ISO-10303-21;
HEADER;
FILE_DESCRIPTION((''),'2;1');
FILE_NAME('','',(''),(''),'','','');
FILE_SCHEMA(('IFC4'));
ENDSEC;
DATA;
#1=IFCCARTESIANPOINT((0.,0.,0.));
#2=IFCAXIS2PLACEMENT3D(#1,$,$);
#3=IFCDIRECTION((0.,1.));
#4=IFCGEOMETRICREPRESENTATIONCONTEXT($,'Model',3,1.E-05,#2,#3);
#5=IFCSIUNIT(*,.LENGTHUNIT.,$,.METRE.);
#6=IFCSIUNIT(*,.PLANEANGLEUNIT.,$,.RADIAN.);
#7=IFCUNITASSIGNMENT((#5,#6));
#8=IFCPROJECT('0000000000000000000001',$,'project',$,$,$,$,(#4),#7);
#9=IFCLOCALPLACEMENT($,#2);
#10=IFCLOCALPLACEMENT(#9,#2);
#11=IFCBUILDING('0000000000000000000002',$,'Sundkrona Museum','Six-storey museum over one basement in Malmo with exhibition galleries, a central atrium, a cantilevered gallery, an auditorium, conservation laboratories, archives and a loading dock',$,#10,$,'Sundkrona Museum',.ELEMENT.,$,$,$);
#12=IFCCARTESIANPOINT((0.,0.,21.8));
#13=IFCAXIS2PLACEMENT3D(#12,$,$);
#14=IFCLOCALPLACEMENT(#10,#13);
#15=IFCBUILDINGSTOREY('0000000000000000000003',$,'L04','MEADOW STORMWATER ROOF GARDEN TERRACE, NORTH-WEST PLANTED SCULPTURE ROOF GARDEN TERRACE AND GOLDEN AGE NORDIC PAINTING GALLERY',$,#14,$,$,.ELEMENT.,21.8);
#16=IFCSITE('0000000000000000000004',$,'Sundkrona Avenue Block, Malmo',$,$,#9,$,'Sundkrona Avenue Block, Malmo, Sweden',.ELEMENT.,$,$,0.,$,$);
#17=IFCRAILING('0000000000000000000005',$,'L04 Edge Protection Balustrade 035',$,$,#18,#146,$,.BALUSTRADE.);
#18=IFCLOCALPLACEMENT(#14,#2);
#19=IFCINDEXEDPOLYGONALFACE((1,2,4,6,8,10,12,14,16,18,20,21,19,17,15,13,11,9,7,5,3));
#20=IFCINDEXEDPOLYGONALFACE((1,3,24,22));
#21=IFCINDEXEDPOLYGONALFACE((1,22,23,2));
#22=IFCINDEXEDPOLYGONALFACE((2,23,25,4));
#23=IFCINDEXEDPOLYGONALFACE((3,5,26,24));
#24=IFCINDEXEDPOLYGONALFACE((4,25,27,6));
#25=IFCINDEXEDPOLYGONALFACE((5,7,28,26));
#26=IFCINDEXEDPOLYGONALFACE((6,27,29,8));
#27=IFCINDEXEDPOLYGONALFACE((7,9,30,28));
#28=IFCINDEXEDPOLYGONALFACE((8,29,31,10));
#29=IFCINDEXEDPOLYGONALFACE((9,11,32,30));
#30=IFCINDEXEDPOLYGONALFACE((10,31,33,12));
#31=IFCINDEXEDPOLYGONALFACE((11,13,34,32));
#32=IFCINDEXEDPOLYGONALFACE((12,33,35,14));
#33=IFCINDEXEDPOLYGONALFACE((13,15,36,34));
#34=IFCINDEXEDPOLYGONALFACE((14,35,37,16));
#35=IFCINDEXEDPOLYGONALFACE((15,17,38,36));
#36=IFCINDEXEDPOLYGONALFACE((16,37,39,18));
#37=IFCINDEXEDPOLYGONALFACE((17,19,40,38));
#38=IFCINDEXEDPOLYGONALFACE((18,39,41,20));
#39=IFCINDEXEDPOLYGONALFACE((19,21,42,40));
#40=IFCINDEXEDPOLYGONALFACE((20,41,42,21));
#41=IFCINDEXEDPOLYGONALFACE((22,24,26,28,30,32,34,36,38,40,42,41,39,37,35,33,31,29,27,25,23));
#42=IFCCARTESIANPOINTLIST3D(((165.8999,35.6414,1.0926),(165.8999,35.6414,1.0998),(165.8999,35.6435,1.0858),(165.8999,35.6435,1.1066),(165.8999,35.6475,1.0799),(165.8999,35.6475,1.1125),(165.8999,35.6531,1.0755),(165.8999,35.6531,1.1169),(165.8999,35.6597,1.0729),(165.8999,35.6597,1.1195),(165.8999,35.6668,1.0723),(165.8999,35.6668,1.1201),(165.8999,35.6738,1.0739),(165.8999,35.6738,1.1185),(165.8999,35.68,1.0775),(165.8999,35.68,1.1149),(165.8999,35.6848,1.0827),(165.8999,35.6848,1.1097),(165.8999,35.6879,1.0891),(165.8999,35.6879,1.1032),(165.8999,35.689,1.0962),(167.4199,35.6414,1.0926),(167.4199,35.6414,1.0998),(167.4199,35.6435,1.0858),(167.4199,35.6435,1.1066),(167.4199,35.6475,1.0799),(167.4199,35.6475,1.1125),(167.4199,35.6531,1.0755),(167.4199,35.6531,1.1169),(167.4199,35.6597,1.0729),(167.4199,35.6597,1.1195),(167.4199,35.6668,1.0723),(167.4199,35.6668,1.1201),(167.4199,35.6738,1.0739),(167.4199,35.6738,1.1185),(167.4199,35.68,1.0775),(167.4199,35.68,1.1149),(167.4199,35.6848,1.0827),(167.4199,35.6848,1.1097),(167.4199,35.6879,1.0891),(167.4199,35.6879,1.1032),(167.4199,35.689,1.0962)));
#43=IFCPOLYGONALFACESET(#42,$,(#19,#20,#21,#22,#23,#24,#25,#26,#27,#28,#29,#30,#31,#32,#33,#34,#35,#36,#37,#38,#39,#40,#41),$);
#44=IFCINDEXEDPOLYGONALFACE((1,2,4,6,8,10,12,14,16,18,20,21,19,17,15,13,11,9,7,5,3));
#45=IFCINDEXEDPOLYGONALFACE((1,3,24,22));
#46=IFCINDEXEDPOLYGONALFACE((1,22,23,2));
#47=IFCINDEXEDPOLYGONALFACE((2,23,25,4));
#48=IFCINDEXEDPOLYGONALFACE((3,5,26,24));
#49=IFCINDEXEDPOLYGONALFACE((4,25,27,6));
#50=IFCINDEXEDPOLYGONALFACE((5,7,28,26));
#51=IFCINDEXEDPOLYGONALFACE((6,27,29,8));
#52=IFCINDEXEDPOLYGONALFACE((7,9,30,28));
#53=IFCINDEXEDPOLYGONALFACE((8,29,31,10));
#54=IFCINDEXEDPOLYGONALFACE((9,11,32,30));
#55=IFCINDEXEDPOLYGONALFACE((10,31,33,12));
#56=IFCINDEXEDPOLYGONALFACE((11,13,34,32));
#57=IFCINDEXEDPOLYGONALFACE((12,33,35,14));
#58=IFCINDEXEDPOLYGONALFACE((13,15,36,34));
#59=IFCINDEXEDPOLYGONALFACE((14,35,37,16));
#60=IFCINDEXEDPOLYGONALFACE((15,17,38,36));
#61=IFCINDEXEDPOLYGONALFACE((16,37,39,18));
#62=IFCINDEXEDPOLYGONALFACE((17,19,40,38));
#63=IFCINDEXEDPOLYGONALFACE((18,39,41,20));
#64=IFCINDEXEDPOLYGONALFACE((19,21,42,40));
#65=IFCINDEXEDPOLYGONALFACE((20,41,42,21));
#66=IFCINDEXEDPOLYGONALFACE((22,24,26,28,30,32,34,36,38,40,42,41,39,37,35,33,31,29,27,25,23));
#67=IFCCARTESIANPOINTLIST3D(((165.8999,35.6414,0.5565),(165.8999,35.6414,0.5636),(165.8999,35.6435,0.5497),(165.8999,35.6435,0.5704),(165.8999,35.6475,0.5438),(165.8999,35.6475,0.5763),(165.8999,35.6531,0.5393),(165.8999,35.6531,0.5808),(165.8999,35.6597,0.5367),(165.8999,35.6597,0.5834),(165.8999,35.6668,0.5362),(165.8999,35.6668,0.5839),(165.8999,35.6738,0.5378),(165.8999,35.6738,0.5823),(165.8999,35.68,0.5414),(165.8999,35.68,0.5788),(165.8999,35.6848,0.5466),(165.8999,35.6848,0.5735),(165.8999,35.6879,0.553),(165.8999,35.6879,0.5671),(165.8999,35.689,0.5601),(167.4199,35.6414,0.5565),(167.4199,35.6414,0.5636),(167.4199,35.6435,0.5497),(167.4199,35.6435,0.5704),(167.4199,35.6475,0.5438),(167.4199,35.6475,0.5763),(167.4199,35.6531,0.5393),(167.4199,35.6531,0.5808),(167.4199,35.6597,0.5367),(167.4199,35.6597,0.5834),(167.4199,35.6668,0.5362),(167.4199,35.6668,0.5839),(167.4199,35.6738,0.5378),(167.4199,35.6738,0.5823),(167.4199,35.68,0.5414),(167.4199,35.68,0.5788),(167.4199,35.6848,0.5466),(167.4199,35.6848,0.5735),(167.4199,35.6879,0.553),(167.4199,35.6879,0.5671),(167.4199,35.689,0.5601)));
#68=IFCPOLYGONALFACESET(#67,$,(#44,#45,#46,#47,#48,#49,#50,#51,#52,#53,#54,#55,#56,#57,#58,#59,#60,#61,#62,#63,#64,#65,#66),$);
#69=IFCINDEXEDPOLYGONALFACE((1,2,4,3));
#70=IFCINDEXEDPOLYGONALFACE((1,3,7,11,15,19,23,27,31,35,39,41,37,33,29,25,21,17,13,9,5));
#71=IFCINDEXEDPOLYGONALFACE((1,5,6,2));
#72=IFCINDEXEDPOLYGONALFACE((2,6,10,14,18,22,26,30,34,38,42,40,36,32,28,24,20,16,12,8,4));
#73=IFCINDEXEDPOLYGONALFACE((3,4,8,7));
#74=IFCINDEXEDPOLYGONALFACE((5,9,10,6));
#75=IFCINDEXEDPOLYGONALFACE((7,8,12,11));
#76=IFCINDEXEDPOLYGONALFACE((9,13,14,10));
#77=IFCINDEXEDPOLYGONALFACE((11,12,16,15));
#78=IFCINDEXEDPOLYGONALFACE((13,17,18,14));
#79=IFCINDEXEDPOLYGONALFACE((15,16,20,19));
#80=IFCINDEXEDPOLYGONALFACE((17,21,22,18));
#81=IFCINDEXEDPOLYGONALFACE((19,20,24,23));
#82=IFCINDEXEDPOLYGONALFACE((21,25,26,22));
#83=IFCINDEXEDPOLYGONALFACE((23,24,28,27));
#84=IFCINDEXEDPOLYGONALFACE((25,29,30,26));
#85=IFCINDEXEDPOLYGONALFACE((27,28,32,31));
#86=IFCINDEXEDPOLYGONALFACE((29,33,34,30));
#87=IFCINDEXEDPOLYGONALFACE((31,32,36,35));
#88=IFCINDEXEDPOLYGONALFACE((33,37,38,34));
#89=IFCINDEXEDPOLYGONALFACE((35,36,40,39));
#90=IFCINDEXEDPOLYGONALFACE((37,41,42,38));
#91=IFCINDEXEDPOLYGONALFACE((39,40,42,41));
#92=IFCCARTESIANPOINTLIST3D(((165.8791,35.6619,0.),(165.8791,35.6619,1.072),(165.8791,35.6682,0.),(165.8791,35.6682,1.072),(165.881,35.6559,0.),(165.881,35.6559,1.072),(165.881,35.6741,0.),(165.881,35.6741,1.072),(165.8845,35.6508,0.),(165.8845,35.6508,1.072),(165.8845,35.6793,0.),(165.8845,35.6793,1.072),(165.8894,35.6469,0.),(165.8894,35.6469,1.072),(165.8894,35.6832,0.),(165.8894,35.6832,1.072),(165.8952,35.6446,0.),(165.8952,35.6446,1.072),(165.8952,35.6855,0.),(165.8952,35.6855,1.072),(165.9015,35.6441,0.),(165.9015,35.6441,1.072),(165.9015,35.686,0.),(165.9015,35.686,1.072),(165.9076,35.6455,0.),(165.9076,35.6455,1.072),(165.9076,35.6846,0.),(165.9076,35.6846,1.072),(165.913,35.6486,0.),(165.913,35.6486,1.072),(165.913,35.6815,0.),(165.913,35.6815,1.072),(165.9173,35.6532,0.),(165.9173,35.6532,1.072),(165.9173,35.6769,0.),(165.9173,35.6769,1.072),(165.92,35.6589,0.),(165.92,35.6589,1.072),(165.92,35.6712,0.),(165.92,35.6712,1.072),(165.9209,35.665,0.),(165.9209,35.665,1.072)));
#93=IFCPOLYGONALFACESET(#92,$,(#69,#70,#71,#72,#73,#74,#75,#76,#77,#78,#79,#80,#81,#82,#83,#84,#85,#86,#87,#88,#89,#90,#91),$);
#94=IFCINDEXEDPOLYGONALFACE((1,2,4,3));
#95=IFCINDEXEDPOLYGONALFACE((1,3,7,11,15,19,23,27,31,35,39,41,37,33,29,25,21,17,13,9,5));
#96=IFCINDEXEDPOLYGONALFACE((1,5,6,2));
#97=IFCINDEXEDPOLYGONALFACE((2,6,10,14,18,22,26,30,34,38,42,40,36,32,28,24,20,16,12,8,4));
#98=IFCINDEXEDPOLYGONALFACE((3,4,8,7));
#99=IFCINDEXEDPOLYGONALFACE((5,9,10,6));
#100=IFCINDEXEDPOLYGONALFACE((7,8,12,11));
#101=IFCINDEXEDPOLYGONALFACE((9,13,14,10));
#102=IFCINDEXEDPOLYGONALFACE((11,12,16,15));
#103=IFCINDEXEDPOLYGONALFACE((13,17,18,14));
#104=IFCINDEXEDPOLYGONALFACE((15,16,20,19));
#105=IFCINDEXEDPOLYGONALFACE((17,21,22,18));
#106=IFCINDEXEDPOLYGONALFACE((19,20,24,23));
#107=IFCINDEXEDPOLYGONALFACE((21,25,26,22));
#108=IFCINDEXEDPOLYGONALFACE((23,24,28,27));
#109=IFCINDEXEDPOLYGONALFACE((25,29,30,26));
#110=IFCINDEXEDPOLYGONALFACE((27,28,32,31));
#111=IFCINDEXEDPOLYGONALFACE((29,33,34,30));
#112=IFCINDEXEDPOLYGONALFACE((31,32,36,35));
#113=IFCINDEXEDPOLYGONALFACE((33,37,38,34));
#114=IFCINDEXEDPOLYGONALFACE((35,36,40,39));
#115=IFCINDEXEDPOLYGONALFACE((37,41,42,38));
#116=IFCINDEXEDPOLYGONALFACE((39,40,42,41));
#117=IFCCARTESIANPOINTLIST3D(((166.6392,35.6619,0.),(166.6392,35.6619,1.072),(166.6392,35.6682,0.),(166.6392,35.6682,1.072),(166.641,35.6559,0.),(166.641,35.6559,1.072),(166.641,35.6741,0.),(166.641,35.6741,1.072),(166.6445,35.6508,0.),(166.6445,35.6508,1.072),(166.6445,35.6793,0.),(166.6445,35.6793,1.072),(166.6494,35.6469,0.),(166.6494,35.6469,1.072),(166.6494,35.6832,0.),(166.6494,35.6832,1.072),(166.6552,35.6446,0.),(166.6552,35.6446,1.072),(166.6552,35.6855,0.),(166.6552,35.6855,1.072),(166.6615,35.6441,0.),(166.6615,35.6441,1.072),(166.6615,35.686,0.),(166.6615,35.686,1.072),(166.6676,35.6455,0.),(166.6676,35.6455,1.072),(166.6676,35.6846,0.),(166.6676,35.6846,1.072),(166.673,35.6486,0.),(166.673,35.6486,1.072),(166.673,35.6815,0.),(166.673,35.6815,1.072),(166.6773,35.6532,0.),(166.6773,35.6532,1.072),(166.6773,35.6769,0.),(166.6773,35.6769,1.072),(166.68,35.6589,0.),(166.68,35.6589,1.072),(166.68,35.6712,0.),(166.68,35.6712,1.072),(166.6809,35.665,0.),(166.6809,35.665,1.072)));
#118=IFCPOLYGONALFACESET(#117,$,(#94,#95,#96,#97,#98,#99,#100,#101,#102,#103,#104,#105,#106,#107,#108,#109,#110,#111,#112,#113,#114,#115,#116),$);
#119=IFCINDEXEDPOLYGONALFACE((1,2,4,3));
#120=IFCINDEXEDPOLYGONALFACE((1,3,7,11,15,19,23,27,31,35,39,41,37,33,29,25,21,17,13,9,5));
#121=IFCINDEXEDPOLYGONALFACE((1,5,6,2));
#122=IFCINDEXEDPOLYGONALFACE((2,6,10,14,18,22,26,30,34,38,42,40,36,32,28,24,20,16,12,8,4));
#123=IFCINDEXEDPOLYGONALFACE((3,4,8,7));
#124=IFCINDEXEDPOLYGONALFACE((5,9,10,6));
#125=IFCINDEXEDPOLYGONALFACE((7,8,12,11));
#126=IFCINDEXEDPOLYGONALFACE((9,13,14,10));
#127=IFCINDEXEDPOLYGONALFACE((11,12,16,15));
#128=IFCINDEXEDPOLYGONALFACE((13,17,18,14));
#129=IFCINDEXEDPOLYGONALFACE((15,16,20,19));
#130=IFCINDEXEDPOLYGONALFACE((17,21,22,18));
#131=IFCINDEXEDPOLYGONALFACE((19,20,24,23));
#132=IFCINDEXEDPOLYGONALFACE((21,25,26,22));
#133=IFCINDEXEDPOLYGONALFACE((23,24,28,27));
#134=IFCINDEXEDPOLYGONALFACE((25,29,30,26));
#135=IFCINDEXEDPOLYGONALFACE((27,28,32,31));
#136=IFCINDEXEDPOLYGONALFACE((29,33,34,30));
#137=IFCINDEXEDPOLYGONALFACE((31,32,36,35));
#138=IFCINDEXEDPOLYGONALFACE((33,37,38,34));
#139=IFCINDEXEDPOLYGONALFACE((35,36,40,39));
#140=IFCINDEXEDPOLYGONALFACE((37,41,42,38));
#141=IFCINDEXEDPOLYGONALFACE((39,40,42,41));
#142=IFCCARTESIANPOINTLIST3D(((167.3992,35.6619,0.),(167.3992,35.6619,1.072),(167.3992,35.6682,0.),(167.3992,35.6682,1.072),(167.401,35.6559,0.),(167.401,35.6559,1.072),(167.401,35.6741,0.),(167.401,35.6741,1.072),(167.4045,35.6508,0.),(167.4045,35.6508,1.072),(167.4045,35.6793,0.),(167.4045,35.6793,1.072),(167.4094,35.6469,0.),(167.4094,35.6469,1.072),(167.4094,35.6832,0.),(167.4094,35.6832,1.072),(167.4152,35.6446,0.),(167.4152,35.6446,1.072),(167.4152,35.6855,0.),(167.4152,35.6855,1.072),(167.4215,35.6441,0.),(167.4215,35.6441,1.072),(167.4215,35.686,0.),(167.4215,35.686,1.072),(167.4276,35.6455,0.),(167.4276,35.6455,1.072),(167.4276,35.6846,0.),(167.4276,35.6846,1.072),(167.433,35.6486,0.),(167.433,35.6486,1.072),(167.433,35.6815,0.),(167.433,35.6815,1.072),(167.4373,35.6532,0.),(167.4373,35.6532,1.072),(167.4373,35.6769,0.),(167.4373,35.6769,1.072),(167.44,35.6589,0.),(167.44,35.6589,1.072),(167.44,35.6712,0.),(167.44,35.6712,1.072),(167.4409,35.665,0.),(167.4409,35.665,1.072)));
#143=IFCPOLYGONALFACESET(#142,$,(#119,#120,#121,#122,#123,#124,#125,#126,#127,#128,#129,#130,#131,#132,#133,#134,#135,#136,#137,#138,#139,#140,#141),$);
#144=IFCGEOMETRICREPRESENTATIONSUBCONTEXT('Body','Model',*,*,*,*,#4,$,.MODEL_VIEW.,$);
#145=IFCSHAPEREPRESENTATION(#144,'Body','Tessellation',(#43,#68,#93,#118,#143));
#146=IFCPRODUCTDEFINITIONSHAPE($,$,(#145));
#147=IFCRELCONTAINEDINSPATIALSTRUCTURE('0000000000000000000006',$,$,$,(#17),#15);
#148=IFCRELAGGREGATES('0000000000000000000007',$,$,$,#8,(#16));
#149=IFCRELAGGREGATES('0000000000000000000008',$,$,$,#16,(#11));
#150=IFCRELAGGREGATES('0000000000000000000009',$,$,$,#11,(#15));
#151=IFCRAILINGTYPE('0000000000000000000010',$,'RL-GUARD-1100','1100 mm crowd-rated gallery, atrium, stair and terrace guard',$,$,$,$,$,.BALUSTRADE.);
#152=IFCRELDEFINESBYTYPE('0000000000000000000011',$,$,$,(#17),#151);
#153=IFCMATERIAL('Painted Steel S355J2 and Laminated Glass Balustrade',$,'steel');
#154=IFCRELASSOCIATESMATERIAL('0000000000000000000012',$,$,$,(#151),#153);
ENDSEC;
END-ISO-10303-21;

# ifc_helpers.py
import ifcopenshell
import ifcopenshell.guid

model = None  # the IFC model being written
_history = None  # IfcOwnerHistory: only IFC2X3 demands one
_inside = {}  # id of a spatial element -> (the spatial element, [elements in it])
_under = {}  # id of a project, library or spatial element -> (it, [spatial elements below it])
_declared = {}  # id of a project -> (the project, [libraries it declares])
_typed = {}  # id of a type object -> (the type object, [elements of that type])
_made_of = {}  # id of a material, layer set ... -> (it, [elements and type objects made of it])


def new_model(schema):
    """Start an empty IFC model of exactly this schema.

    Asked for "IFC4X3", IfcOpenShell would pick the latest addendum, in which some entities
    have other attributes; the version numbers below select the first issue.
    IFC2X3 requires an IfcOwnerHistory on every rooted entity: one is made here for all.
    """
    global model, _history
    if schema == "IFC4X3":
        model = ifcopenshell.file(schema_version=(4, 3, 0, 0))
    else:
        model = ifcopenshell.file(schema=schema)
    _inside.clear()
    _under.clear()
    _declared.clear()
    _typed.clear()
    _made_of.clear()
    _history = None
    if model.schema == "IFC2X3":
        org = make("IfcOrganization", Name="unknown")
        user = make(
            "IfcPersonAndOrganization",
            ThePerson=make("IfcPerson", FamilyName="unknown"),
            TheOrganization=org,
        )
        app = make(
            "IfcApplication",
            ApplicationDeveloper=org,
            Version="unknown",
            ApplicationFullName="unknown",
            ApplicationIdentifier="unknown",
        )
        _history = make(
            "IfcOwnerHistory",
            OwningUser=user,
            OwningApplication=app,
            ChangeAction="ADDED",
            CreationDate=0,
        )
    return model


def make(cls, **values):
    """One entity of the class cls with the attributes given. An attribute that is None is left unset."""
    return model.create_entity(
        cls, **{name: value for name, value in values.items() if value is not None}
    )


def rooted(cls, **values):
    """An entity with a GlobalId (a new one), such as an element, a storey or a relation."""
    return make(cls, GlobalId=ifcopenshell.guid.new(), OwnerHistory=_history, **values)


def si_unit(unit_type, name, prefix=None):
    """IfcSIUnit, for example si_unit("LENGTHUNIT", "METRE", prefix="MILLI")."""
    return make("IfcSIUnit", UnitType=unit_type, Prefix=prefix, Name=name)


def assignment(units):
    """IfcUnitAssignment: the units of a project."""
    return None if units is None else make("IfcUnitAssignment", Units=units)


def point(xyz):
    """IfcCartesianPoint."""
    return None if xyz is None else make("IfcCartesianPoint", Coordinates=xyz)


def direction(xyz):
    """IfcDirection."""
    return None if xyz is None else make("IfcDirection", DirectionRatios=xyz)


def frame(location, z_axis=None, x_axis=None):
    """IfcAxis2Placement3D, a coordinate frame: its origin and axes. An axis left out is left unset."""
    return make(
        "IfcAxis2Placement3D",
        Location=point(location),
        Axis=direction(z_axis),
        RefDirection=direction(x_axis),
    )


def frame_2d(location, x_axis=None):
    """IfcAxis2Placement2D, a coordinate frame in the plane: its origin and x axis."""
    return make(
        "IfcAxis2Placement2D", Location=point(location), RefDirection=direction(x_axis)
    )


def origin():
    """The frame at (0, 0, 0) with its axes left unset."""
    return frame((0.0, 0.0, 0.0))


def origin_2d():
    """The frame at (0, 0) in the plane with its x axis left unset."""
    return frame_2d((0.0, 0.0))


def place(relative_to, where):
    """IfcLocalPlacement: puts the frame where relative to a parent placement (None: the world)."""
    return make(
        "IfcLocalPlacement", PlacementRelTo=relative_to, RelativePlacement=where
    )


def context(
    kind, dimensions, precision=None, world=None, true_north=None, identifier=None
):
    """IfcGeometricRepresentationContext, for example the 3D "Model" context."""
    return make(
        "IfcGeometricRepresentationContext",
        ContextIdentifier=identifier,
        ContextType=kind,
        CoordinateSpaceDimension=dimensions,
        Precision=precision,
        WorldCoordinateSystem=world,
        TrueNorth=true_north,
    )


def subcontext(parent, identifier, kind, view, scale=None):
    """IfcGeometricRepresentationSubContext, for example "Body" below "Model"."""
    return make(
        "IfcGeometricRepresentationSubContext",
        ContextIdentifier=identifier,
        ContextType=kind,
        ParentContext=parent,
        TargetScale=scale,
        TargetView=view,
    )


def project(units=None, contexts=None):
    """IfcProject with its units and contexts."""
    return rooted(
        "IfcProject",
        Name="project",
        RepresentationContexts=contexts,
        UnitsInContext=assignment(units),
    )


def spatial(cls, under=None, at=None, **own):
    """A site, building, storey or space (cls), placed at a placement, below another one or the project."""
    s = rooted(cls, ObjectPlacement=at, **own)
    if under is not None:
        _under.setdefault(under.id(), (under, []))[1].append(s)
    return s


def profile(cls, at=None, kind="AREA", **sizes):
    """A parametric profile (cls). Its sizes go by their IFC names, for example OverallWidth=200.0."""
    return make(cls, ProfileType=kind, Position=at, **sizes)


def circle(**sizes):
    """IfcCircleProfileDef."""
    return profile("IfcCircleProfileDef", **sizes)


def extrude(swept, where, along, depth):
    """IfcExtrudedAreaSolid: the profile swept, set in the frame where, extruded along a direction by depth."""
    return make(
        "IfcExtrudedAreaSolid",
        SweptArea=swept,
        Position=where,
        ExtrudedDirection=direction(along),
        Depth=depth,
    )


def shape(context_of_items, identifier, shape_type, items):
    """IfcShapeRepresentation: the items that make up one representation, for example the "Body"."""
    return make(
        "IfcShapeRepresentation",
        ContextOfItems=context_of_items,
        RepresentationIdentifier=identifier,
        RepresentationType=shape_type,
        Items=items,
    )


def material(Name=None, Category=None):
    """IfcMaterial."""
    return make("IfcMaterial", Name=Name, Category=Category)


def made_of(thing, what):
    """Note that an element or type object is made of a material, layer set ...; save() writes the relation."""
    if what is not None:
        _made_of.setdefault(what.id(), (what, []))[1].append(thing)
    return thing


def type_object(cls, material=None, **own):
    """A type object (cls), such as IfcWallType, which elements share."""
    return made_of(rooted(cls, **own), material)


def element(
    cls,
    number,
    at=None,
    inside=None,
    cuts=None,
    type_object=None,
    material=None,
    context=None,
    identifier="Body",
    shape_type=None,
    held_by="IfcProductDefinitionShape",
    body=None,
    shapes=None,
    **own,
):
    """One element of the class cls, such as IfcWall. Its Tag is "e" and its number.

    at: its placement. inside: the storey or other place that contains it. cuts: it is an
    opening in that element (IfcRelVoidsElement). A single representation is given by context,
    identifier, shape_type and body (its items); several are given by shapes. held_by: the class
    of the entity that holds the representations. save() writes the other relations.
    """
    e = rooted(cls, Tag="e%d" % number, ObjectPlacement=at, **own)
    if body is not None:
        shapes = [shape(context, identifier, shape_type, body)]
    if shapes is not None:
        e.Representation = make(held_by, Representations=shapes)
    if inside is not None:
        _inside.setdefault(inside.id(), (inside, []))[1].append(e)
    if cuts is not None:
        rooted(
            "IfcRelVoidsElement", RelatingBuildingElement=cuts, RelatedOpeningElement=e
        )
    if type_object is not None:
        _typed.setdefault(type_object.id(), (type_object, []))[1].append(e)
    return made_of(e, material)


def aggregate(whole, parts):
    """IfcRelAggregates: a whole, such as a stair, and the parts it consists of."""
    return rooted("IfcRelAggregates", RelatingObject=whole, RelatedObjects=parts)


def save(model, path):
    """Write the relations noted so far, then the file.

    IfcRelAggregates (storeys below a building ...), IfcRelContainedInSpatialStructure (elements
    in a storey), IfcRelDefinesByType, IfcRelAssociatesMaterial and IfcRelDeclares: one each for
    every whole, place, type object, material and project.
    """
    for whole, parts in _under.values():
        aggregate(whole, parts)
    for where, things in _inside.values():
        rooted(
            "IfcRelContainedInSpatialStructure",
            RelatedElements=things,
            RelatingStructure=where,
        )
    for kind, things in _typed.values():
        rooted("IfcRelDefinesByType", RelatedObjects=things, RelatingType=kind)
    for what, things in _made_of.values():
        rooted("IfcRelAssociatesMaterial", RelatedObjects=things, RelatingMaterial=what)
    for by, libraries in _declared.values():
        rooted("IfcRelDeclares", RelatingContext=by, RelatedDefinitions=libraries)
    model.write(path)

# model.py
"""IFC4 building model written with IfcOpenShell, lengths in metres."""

from ifc_helpers import new_model, si_unit, direction, frame, origin, origin_2d, place, context, subcontext, project, spatial, circle, extrude, material, type_object, element, save


model = new_model("IFC4")

# Units and contexts
model_context = context("Model", 3, precision=1e-05, world=origin(), true_north=direction((0.0, 1.0)))
body_context = subcontext(model_context, "Body", "Model", "MODEL_VIEW")
ifc_project = project(units=[si_unit("LENGTHUNIT", "METRE"), si_unit("PLANEANGLEUNIT", "RADIAN")], contexts=[model_context])

# Site, building, storey
site_placement = place(None, origin())
site = spatial("IfcSite", under=ifc_project, at=site_placement, Name="Sundkrona Avenue Block, Malmo", LongName="Sundkrona Avenue Block, Malmo, Sweden", CompositionType="ELEMENT", RefElevation=0.0)
building_placement = place(site_placement, origin())
building = spatial("IfcBuilding", under=site, at=building_placement, Name="Sundkrona Museum", Description="Six-storey museum over one basement in Malmo with exhibition galleries, a central atrium, a cantilevered gallery, an auditorium, conservation laboratories, archives and a loading dock", LongName="Sundkrona Museum", CompositionType="ELEMENT")
storey_placement = place(building_placement, frame((0.0, 0.0, 21.8)))
storey = spatial("IfcBuildingStorey", under=building, at=storey_placement, Name="L04", Description="MEADOW STORMWATER ROOF GARDEN TERRACE, NORTH-WEST PLANTED SCULPTURE ROOF GARDEN TERRACE AND GOLDEN AGE NORDIC PAINTING GALLERY", CompositionType="ELEMENT", Elevation=21.8)

# Railing
ifc_material_1 = material(Name="Painted Steel S355J2 and Laminated Glass Balustrade", Category="steel")
railing_type_1 = type_object("IfcRailingType", Name="RL-GUARD-1100", Description="1100 mm crowd-rated gallery, atrium, stair and terrace guard", PredefinedType="BALUSTRADE", material=ifc_material_1)
for number, where, name in (
    (1, (165.8999, 35.665, 0.0), "L04 Edge Protection Balustrade 035"),
):
    element("IfcRailing", number, at=place(storey_placement, frame(where)), inside=storey, type_object=railing_type_1, Name=name, PredefinedType="BALUSTRADE", context=body_context, shape_type="SweptSolid", body=[
        extrude(circle(Radius=0.0239, at=origin_2d()), frame((0.0, 0.0, 1.0962), z_axis=(1.0, 0.0, 0.0), x_axis=(0.0, 1.0, 0.0)), (0.0, 0.0, 1.0), 1.52),
        extrude(circle(Radius=0.0239, at=origin_2d()), frame((0.0, 0.0, 0.5601), z_axis=(1.0, 0.0, 0.0), x_axis=(0.0, 1.0, 0.0)), (0.0, 0.0, 1.0), 1.52),
        extrude(circle(Radius=0.021, at=origin_2d()), origin(), (0.0, 0.0, 1.0), 1.072),
        extrude(circle(Radius=0.021, at=origin_2d()), frame((0.76, 0.0, 0.0)), (0.0, 0.0, 1.0), 1.072),
        extrude(circle(Radius=0.021, at=origin_2d()), frame((1.52, 0.0, 0.0)), (0.0, 0.0, 1.0), 1.072),
    ])

save(model, "model.ifc")
